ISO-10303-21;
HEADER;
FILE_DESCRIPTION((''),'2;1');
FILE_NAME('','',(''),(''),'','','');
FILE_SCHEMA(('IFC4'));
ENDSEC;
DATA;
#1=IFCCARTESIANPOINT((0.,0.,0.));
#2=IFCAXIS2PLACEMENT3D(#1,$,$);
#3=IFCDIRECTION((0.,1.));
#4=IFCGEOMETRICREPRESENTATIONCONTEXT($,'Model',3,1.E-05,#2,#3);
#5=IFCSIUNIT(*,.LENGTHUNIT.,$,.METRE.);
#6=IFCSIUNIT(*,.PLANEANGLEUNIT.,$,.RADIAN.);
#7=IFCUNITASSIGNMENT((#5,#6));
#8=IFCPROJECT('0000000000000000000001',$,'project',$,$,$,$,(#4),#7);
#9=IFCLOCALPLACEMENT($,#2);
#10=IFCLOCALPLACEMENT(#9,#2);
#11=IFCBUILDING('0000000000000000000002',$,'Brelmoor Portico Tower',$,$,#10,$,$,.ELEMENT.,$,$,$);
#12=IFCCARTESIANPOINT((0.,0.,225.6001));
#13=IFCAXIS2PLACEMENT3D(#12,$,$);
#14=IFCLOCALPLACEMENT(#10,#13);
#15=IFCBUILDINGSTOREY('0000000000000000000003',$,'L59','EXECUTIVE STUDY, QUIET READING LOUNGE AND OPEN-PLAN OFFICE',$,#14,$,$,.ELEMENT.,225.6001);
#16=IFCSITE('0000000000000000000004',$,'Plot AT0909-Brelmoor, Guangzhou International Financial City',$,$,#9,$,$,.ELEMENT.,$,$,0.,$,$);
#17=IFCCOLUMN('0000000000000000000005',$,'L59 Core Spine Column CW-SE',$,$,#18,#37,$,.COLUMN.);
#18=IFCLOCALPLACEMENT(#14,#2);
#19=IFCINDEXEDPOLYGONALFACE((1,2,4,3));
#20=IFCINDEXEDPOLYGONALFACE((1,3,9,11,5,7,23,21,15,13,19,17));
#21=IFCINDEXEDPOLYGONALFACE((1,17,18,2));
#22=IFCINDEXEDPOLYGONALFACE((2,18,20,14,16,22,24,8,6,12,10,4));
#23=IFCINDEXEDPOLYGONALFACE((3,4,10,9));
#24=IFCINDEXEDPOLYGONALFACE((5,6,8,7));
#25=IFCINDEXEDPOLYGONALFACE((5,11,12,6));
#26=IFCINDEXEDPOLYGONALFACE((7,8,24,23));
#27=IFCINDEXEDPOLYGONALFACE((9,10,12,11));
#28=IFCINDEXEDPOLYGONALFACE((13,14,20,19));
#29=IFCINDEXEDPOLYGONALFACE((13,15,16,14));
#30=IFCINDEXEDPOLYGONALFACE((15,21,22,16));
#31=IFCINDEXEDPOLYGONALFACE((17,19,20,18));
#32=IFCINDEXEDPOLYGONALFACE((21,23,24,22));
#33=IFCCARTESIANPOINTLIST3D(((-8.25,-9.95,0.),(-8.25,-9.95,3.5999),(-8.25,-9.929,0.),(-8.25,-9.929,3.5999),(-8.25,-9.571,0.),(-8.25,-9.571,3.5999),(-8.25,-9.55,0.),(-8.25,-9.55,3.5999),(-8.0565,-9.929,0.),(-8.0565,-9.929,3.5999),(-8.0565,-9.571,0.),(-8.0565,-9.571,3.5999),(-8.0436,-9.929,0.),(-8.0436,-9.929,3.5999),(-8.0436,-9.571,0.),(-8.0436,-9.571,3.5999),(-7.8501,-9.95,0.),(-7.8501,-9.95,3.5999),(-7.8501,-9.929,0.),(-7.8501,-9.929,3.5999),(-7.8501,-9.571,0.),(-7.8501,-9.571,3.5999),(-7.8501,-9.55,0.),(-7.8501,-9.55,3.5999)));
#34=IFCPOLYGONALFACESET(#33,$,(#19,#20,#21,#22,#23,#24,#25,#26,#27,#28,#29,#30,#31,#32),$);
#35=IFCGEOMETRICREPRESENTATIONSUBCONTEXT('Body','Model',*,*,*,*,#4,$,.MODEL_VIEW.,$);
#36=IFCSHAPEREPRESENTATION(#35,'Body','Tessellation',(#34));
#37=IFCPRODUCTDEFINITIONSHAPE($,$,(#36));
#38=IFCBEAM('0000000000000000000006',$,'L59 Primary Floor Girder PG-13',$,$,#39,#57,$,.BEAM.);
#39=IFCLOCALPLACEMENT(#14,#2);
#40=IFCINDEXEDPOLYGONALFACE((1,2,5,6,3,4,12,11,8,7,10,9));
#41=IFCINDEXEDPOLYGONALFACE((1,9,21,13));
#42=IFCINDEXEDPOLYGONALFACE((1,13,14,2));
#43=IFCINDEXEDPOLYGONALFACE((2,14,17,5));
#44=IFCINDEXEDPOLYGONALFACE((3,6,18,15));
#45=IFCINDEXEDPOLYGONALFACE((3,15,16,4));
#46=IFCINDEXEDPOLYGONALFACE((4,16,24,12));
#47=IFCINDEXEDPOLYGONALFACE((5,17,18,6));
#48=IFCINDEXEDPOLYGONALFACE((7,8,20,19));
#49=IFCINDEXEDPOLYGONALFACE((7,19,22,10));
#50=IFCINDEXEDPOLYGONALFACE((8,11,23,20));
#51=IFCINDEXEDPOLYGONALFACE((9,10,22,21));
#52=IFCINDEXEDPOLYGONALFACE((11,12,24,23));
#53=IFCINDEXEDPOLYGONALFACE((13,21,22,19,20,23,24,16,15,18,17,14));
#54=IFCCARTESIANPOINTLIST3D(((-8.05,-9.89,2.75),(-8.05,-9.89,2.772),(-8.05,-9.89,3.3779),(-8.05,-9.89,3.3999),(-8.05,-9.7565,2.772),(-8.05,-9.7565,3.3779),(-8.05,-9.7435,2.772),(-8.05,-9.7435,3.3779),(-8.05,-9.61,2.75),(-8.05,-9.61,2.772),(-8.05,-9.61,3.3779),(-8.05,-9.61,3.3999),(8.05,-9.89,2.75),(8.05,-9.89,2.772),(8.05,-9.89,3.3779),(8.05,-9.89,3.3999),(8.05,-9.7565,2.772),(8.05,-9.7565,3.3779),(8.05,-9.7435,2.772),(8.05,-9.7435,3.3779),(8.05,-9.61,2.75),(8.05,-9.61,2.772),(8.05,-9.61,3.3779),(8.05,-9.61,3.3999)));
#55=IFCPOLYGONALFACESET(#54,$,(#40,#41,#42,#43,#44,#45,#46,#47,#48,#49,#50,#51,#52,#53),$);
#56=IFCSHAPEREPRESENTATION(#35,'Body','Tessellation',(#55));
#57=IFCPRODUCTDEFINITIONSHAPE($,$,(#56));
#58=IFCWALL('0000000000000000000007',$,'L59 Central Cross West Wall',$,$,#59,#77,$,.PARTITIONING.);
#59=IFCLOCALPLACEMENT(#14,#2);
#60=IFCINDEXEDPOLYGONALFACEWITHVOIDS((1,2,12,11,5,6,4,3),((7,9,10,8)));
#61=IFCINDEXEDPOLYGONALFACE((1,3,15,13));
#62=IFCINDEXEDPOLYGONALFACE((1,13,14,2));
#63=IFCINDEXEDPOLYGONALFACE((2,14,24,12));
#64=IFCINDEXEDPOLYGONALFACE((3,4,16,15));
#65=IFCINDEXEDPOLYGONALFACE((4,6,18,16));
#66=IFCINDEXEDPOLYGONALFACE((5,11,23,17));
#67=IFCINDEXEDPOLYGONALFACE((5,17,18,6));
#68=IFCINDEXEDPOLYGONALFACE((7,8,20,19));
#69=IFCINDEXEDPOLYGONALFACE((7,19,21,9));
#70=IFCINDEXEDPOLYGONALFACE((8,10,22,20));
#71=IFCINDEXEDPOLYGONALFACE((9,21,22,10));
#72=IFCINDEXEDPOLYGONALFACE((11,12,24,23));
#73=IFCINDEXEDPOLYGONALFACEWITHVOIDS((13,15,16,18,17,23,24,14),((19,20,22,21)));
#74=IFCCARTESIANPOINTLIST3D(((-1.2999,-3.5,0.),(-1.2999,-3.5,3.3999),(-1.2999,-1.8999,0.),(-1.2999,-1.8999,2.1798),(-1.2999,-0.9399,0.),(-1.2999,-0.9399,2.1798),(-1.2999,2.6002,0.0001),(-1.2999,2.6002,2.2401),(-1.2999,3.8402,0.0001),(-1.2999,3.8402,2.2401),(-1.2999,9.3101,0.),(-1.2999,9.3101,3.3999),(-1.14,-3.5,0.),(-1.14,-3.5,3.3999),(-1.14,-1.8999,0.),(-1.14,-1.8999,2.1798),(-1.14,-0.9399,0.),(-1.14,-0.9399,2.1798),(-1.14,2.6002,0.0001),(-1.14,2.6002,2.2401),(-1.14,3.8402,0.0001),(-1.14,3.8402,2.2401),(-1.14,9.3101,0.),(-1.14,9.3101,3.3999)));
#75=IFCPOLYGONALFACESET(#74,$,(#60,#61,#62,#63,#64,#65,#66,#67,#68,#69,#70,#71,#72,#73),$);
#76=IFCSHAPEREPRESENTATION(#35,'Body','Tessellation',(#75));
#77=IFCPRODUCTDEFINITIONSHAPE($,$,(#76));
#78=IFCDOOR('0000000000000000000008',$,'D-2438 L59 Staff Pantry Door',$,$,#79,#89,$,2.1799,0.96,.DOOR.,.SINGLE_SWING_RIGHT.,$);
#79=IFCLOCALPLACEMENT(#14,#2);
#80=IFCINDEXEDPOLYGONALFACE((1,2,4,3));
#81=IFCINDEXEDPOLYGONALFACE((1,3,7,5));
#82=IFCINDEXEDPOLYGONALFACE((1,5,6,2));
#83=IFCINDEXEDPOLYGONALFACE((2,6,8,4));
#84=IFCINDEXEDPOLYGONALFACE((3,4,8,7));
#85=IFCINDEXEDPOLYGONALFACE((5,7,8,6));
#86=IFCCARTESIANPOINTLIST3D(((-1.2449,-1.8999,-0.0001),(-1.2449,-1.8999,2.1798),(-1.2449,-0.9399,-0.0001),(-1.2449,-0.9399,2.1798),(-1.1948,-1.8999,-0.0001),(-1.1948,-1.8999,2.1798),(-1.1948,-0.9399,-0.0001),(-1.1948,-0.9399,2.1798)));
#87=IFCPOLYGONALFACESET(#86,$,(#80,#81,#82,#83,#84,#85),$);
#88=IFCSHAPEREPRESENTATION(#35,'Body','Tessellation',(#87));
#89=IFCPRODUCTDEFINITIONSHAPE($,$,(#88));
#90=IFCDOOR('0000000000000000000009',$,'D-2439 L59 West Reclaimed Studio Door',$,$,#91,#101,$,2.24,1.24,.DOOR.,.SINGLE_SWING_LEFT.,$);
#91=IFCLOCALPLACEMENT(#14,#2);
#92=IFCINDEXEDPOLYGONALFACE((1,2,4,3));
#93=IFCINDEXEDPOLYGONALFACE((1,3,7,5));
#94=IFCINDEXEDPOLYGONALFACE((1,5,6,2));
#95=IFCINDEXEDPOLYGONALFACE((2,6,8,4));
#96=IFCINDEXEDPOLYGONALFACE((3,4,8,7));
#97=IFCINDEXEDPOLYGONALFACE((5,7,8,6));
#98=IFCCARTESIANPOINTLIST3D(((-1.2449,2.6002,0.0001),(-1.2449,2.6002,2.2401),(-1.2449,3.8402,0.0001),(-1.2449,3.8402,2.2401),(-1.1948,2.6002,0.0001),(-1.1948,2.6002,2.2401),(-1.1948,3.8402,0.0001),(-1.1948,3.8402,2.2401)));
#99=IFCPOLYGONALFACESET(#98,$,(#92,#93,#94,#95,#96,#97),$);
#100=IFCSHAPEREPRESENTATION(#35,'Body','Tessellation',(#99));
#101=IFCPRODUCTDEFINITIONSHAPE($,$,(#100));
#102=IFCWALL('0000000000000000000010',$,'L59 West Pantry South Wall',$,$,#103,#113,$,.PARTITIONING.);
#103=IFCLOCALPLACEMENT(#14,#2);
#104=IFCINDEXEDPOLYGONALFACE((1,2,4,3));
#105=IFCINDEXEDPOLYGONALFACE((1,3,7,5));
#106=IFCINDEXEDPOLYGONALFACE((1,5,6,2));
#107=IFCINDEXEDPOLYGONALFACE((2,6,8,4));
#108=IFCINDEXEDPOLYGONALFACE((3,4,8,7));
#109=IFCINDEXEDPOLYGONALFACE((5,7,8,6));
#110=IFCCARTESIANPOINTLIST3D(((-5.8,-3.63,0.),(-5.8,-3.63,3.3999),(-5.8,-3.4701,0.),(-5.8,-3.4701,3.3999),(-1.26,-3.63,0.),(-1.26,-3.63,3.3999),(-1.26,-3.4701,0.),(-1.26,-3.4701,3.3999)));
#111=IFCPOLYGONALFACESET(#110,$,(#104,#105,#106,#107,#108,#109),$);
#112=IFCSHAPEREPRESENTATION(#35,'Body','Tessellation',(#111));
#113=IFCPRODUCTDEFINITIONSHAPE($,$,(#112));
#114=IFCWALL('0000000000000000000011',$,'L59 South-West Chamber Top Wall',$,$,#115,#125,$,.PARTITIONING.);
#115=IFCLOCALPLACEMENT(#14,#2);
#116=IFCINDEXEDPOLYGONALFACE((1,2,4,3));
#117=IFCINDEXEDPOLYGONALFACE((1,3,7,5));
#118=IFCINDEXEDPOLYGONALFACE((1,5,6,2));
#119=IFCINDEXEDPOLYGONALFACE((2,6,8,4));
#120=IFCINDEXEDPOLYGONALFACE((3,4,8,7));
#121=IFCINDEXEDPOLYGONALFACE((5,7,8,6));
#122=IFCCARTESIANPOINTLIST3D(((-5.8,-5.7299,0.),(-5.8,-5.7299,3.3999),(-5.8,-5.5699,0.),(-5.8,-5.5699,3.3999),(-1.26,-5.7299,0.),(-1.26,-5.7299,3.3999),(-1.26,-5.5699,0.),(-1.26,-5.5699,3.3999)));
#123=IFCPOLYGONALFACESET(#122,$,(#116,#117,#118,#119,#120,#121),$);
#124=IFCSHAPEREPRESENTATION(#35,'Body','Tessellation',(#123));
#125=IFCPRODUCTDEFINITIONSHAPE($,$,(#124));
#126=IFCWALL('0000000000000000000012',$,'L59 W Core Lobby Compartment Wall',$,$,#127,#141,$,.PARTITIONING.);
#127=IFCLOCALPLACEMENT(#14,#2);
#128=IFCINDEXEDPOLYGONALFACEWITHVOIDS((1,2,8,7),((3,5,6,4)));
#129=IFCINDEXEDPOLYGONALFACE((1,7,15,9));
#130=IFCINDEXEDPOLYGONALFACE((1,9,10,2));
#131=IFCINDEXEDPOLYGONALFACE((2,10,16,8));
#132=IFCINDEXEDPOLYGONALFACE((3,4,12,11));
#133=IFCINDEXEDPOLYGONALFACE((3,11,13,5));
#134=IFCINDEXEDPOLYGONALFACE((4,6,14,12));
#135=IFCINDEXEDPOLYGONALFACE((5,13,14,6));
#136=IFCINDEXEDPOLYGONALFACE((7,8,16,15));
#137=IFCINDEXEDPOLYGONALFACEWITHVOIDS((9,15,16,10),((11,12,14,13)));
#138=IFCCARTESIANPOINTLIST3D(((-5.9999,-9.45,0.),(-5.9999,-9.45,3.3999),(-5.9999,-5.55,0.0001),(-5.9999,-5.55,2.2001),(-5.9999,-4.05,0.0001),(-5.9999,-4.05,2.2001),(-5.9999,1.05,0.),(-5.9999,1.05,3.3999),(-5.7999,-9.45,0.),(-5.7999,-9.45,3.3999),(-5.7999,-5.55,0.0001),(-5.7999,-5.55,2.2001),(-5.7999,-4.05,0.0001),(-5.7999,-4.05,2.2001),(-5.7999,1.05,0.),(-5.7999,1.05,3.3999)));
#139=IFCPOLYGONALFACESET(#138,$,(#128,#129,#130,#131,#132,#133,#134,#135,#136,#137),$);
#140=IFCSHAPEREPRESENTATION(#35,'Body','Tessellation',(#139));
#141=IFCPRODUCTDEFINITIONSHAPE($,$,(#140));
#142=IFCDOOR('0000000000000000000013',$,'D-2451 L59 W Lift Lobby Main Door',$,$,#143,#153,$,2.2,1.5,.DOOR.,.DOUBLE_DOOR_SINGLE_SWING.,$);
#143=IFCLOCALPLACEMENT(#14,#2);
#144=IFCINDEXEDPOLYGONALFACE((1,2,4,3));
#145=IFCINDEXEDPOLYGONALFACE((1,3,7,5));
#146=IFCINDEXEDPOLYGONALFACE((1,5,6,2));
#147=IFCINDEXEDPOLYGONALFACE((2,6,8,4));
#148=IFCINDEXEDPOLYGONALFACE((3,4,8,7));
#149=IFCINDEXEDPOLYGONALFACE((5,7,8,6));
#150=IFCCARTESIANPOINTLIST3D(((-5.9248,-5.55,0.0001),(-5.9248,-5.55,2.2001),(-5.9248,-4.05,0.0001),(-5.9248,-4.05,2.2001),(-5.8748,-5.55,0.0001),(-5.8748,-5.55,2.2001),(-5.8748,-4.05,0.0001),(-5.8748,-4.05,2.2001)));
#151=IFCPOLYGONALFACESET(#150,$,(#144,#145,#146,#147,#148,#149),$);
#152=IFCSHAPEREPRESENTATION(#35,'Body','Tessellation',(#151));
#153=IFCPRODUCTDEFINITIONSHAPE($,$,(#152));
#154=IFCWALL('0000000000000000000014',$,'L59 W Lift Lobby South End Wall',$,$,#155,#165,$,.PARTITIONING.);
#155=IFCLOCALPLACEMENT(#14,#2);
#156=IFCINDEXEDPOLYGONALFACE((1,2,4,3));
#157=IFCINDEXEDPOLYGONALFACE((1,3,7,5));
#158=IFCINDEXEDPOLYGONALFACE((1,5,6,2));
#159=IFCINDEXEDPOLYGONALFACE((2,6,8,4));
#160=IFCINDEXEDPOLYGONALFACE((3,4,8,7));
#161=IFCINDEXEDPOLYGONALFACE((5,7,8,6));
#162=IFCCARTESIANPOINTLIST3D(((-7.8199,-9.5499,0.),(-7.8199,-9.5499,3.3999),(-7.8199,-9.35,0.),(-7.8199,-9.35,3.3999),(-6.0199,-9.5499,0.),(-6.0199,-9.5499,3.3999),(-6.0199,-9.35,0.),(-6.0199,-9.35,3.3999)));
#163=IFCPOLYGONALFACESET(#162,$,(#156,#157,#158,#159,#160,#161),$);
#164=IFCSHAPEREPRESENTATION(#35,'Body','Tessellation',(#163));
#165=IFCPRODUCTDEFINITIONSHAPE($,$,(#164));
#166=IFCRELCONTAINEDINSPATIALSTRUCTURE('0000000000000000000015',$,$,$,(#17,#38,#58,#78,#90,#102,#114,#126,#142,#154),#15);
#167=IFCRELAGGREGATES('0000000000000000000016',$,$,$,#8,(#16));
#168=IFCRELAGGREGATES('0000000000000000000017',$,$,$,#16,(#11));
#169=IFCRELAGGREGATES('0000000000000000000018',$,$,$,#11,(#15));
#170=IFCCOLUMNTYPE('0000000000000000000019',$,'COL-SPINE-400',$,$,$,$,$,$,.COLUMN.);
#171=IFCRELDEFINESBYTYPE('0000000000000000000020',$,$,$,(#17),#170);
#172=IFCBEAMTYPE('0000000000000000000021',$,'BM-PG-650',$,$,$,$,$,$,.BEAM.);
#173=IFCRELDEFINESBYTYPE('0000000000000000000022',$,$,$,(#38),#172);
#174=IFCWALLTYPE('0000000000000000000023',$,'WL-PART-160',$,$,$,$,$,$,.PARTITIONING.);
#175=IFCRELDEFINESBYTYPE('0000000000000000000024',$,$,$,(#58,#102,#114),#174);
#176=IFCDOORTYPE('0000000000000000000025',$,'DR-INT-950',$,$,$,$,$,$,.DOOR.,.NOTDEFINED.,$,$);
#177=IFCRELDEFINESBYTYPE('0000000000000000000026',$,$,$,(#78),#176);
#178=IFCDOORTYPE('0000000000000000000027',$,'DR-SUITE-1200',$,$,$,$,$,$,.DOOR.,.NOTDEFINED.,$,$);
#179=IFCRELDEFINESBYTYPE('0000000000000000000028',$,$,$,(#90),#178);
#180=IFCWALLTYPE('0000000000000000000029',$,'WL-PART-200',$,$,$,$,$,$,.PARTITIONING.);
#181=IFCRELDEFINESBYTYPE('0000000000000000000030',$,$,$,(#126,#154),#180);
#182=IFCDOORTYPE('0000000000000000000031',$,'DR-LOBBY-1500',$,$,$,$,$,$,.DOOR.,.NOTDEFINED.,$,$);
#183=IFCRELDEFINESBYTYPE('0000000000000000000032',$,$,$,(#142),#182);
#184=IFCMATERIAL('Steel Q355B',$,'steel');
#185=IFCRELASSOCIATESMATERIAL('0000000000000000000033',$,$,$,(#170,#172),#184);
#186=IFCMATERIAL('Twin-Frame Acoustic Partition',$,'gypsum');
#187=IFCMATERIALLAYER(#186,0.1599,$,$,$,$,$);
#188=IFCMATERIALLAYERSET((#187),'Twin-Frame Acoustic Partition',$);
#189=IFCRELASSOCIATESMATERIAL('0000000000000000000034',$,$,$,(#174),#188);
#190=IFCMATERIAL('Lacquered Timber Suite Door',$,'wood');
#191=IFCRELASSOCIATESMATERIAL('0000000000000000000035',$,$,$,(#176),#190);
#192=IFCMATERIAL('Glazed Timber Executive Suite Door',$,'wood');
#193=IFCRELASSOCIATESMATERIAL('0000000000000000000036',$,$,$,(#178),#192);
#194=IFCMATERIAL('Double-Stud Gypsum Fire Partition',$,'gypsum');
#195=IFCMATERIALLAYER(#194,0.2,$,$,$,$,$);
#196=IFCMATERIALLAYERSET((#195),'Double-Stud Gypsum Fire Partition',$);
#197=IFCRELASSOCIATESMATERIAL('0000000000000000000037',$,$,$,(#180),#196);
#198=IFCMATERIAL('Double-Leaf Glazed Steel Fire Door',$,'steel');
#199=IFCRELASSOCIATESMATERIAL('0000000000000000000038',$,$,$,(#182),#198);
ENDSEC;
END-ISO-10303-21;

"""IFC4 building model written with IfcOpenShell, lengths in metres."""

from ifc_helpers import new_model, si_unit, direction, frame, frame_2d, origin, origin_2d, place, context, subcontext, project, spatial, rectangle, i_section, extrude, material, layer, layer_set, material_profile, profile_set, type_object, element, fill, save


model = new_model("IFC4")

# Units and contexts
model_context = context("Model", 3, precision=1e-05, world=origin(), true_north=direction((0.0, 1.0)))
body_context = subcontext(model_context, "Body", "Model", "MODEL_VIEW")
ifc_project = project(units=[si_unit("LENGTHUNIT", "METRE"), si_unit("PLANEANGLEUNIT", "RADIAN")], contexts=[model_context])

# Site, building, storey
site_placement = place(None, origin())
site = spatial("IfcSite", under=ifc_project, at=site_placement, Name="Plot AT0909-Brelmoor, Guangzhou International Financial City", CompositionType="ELEMENT", RefElevation=0.0)
building_placement = place(site_placement, origin())
building = spatial("IfcBuilding", under=site, at=building_placement, Name="Brelmoor Portico Tower", CompositionType="ELEMENT")
storey_placement = place(building_placement, frame((0.0, 0.0, 225.6001)))
storey = spatial("IfcBuildingStorey", under=building, at=storey_placement, Name="L59", Description="EXECUTIVE STUDY, QUIET READING LOUNGE AND OPEN-PLAN OFFICE", CompositionType="ELEMENT", Elevation=225.6001)

# Column
ifc_material_1 = material(Name="Steel Q355B", Category="steel")
ifc_material_profile_1 = material_profile(ifc_material_1, i_section(OverallWidth=0.3999, OverallDepth=0.3999, WebThickness=0.0129, FlangeThickness=0.021, at=origin_2d()), Name="HW 400x400x13x21")
ifc_profile_set_1 = profile_set([ifc_material_profile_1], Name="Steel Q355B")
column_type = type_object("IfcColumnType", Name="COL-SPINE-400", PredefinedType="COLUMN", material=ifc_profile_set_1)
column_placement = place(storey_placement, frame((-8.05, -9.75, 0.0), z_axis=(0.0, 0.0, 1.0), x_axis=(1.0, 0.0, 0.0)))
element("IfcColumn", 1, at=column_placement, inside=storey, type_object=column_type, Name="L59 Core Spine Column CW-SE", PredefinedType="COLUMN", context=body_context, shape_type="SweptSolid", body=[
    extrude(i_section(OverallWidth=0.3999, OverallDepth=0.3999, WebThickness=0.0129, FlangeThickness=0.021, at=origin_2d()), origin(), (0.0, 0.0, 1.0), 3.5999),
])

# Beam
ifc_material_profile_2 = material_profile(ifc_material_1, i_section(OverallWidth=0.28, OverallDepth=0.6499, WebThickness=0.0129, FlangeThickness=0.022, at=origin_2d()), Name="HN 650x280x13x22")
ifc_profile_set_2 = profile_set([ifc_material_profile_2], Name="Steel Q355B")
beam_type = type_object("IfcBeamType", Name="BM-PG-650", PredefinedType="BEAM", material=ifc_profile_set_2)
beam_placement = place(storey_placement, frame((-8.05, -9.75, 3.075), z_axis=(1.0, 0.0, 0.0), x_axis=(0.0, 1.0, 0.0)))
element("IfcBeam", 2, at=beam_placement, inside=storey, type_object=beam_type, Name="L59 Primary Floor Girder PG-13", PredefinedType="BEAM", context=body_context, shape_type="SweptSolid", body=[
    extrude(i_section(OverallWidth=0.28, OverallDepth=0.6499, WebThickness=0.0129, FlangeThickness=0.022, at=origin_2d()), origin(), (0.0, 0.0, 1.0), 16.1001),
])

# Wall, openings, doors
ifc_material_2 = material(Name="Twin-Frame Acoustic Partition", Category="gypsum")
ifc_layer_1 = layer(ifc_material_2, 0.1599)
ifc_layer_set_1 = layer_set([ifc_layer_1], Name="Twin-Frame Acoustic Partition")
wall_type_1 = type_object("IfcWallType", Name="WL-PART-160", PredefinedType="PARTITIONING", material=ifc_layer_set_1)
wall_1_placement = place(storey_placement, frame((-1.22, -3.5, 0.0), z_axis=(0.0, 0.0, 1.0), x_axis=(0.0, 1.0, 0.0)))
wall_1 = element("IfcWall", 3, at=wall_1_placement, inside=storey, type_object=wall_type_1, Name="L59 Central Cross West Wall", PredefinedType="PARTITIONING", context=body_context, shape_type="SweptSolid", body=[
    extrude(rectangle(XDim=12.8101, YDim=0.1599, at=frame_2d((6.405, 0.0))), origin(), (0.0, 0.0, 1.0), 3.3999),
])
opening_1_placement = place(wall_1_placement, frame((6.1001, 0.0, 0.0)))
opening_1 = element("IfcOpeningElement", 4, at=opening_1_placement, cuts=wall_1, PredefinedType="OPENING", context=body_context, shape_type="SweptSolid", body=[
    extrude(rectangle(XDim=1.24, YDim=2.24, at=frame_2d((0.6201, 1.1201))), frame((0.0, 0.0898, 0.0), z_axis=(0.0, -1.0, 0.0), x_axis=(1.0, 0.0, 0.0)), (0.0, 0.0, 1.0), 0.1799),
])
opening_2_placement = place(wall_1_placement, frame((1.6001, 0.0, 0.0)))
opening_2 = element("IfcOpeningElement", 5, at=opening_2_placement, cuts=wall_1, PredefinedType="OPENING", context=body_context, shape_type="SweptSolid", body=[
    extrude(rectangle(XDim=0.96, YDim=2.1799, at=frame_2d((0.48, 1.0898))), frame((0.0, 0.0898, 0.0), z_axis=(0.0, -1.0, 0.0), x_axis=(1.0, 0.0, 0.0)), (0.0, 0.0, 1.0), 0.1799),
])
ifc_material_3 = material(Name="Lacquered Timber Suite Door", Category="wood")
door_type_1 = type_object("IfcDoorType", Name="DR-INT-950", OperationType="NOTDEFINED", PredefinedType="DOOR", material=ifc_material_3)
door_1_placement = place(opening_2_placement, origin())
door_1 = element("IfcDoor", 6, at=door_1_placement, inside=storey, type_object=door_type_1, Name="D-2438 L59 Staff Pantry Door", OperationType="SINGLE_SWING_RIGHT", OverallHeight=2.1799, OverallWidth=0.96, PredefinedType="DOOR", context=body_context, shape_type="SweptSolid", body=[
    extrude(rectangle(XDim=0.96, YDim=2.1799, at=frame_2d((0.48, 1.0898))), frame((0.0, 0.0249, 0.0), z_axis=(0.0, -1.0, 0.0), x_axis=(1.0, 0.0, 0.0)), (0.0, 0.0, 1.0), 0.05),
])
fill(opening_2, door_1)
ifc_material_4 = material(Name="Glazed Timber Executive Suite Door", Category="wood")
door_type_2 = type_object("IfcDoorType", Name="DR-SUITE-1200", OperationType="NOTDEFINED", PredefinedType="DOOR", material=ifc_material_4)
door_2_placement = place(opening_1_placement, origin())
door_2 = element("IfcDoor", 7, at=door_2_placement, inside=storey, type_object=door_type_2, Name="D-2439 L59 West Reclaimed Studio Door", OperationType="SINGLE_SWING_LEFT", OverallHeight=2.24, OverallWidth=1.24, PredefinedType="DOOR", context=body_context, shape_type="SweptSolid", body=[
    extrude(rectangle(XDim=1.24, YDim=2.24, at=frame_2d((0.6201, 1.1201))), frame((0.0, 0.0249, 0.0), z_axis=(0.0, -1.0, 0.0), x_axis=(1.0, 0.0, 0.0)), (0.0, 0.0, 1.0), 0.05),
])
fill(opening_1, door_2)

# Walls
for number, where, z_axis, x_axis, name in (
    (8, (-5.8, -3.55, 0.0), (0.0, 0.0, 1.0), (1.0, 0.0, 0.0), "L59 West Pantry South Wall"),
    (9, (-5.8, -5.6499, 0.0), (0.0, 0.0, 1.0), (1.0, 0.0, 0.0), "L59 South-West Chamber Top Wall"),
):
    element("IfcWall", number, at=place(storey_placement, frame(where, z_axis=z_axis, x_axis=x_axis)), inside=storey, type_object=wall_type_1, Name=name, PredefinedType="PARTITIONING", context=body_context, shape_type="SweptSolid", body=[
        extrude(rectangle(XDim=4.54, YDim=0.1599, at=frame_2d((2.27, 0.0))), origin(), (0.0, 0.0, 1.0), 3.3999),
    ])

# Wall, opening, door
ifc_material_5 = material(Name="Double-Stud Gypsum Fire Partition", Category="gypsum")
ifc_layer_2 = layer(ifc_material_5, 0.2)
ifc_layer_set_2 = layer_set([ifc_layer_2], Name="Double-Stud Gypsum Fire Partition")
wall_type_2 = type_object("IfcWallType", Name="WL-PART-200", PredefinedType="PARTITIONING", material=ifc_layer_set_2)
wall_2_placement = place(storey_placement, frame((-5.8999, -9.45, 0.0), z_axis=(0.0, 0.0, 1.0), x_axis=(0.0, 1.0, 0.0)))
wall_2 = element("IfcWall", 10, at=wall_2_placement, inside=storey, type_object=wall_type_2, Name="L59 W Core Lobby Compartment Wall", PredefinedType="PARTITIONING", context=body_context, shape_type="SweptSolid", body=[
    extrude(rectangle(XDim=10.5, YDim=0.2, at=frame_2d((5.25, 0.0))), origin(), (0.0, 0.0, 1.0), 3.3999),
])
opening_3_placement = place(wall_2_placement, frame((3.8999, 0.0, 0.0)))
opening_3 = element("IfcOpeningElement", 11, at=opening_3_placement, cuts=wall_2, PredefinedType="OPENING", context=body_context, shape_type="SweptSolid", body=[
    extrude(rectangle(XDim=1.5, YDim=2.2, at=frame_2d((0.75, 1.1001))), frame((0.0, 0.1099, 0.0), z_axis=(0.0, -1.0, 0.0), x_axis=(1.0, 0.0, 0.0)), (0.0, 0.0, 1.0), 0.22),
])
ifc_material_6 = material(Name="Double-Leaf Glazed Steel Fire Door", Category="steel")
door_type_3 = type_object("IfcDoorType", Name="DR-LOBBY-1500", OperationType="NOTDEFINED", PredefinedType="DOOR", material=ifc_material_6)
door_3_placement = place(opening_3_placement, origin())
door_3 = element("IfcDoor", 12, at=door_3_placement, inside=storey, type_object=door_type_3, Name="D-2451 L59 W Lift Lobby Main Door", OperationType="DOUBLE_DOOR_SINGLE_SWING", OverallHeight=2.2, OverallWidth=1.5, PredefinedType="DOOR", context=body_context, shape_type="SweptSolid", body=[
    extrude(rectangle(XDim=1.5, YDim=2.2, at=frame_2d((0.75, 1.1001))), frame((0.0, 0.0249, 0.0), z_axis=(0.0, -1.0, 0.0), x_axis=(1.0, 0.0, 0.0)), (0.0, 0.0, 1.0), 0.05),
])
fill(opening_3, door_3)

# Wall
wall_3_placement = place(storey_placement, frame((-6.02, -9.45, 0.0), z_axis=(0.0, 0.0, 1.0), x_axis=(-1.0, 0.0, 0.0)))
element("IfcWall", 13, at=wall_3_placement, inside=storey, type_object=wall_type_2, Name="L59 W Lift Lobby South End Wall", PredefinedType="PARTITIONING", context=body_context, shape_type="SweptSolid", body=[
    extrude(rectangle(XDim=1.8, YDim=0.2, at=frame_2d((0.8999, 0.0))), origin(), (0.0, 0.0, 1.0), 3.3999),
])

save(model, "model.ifc")
